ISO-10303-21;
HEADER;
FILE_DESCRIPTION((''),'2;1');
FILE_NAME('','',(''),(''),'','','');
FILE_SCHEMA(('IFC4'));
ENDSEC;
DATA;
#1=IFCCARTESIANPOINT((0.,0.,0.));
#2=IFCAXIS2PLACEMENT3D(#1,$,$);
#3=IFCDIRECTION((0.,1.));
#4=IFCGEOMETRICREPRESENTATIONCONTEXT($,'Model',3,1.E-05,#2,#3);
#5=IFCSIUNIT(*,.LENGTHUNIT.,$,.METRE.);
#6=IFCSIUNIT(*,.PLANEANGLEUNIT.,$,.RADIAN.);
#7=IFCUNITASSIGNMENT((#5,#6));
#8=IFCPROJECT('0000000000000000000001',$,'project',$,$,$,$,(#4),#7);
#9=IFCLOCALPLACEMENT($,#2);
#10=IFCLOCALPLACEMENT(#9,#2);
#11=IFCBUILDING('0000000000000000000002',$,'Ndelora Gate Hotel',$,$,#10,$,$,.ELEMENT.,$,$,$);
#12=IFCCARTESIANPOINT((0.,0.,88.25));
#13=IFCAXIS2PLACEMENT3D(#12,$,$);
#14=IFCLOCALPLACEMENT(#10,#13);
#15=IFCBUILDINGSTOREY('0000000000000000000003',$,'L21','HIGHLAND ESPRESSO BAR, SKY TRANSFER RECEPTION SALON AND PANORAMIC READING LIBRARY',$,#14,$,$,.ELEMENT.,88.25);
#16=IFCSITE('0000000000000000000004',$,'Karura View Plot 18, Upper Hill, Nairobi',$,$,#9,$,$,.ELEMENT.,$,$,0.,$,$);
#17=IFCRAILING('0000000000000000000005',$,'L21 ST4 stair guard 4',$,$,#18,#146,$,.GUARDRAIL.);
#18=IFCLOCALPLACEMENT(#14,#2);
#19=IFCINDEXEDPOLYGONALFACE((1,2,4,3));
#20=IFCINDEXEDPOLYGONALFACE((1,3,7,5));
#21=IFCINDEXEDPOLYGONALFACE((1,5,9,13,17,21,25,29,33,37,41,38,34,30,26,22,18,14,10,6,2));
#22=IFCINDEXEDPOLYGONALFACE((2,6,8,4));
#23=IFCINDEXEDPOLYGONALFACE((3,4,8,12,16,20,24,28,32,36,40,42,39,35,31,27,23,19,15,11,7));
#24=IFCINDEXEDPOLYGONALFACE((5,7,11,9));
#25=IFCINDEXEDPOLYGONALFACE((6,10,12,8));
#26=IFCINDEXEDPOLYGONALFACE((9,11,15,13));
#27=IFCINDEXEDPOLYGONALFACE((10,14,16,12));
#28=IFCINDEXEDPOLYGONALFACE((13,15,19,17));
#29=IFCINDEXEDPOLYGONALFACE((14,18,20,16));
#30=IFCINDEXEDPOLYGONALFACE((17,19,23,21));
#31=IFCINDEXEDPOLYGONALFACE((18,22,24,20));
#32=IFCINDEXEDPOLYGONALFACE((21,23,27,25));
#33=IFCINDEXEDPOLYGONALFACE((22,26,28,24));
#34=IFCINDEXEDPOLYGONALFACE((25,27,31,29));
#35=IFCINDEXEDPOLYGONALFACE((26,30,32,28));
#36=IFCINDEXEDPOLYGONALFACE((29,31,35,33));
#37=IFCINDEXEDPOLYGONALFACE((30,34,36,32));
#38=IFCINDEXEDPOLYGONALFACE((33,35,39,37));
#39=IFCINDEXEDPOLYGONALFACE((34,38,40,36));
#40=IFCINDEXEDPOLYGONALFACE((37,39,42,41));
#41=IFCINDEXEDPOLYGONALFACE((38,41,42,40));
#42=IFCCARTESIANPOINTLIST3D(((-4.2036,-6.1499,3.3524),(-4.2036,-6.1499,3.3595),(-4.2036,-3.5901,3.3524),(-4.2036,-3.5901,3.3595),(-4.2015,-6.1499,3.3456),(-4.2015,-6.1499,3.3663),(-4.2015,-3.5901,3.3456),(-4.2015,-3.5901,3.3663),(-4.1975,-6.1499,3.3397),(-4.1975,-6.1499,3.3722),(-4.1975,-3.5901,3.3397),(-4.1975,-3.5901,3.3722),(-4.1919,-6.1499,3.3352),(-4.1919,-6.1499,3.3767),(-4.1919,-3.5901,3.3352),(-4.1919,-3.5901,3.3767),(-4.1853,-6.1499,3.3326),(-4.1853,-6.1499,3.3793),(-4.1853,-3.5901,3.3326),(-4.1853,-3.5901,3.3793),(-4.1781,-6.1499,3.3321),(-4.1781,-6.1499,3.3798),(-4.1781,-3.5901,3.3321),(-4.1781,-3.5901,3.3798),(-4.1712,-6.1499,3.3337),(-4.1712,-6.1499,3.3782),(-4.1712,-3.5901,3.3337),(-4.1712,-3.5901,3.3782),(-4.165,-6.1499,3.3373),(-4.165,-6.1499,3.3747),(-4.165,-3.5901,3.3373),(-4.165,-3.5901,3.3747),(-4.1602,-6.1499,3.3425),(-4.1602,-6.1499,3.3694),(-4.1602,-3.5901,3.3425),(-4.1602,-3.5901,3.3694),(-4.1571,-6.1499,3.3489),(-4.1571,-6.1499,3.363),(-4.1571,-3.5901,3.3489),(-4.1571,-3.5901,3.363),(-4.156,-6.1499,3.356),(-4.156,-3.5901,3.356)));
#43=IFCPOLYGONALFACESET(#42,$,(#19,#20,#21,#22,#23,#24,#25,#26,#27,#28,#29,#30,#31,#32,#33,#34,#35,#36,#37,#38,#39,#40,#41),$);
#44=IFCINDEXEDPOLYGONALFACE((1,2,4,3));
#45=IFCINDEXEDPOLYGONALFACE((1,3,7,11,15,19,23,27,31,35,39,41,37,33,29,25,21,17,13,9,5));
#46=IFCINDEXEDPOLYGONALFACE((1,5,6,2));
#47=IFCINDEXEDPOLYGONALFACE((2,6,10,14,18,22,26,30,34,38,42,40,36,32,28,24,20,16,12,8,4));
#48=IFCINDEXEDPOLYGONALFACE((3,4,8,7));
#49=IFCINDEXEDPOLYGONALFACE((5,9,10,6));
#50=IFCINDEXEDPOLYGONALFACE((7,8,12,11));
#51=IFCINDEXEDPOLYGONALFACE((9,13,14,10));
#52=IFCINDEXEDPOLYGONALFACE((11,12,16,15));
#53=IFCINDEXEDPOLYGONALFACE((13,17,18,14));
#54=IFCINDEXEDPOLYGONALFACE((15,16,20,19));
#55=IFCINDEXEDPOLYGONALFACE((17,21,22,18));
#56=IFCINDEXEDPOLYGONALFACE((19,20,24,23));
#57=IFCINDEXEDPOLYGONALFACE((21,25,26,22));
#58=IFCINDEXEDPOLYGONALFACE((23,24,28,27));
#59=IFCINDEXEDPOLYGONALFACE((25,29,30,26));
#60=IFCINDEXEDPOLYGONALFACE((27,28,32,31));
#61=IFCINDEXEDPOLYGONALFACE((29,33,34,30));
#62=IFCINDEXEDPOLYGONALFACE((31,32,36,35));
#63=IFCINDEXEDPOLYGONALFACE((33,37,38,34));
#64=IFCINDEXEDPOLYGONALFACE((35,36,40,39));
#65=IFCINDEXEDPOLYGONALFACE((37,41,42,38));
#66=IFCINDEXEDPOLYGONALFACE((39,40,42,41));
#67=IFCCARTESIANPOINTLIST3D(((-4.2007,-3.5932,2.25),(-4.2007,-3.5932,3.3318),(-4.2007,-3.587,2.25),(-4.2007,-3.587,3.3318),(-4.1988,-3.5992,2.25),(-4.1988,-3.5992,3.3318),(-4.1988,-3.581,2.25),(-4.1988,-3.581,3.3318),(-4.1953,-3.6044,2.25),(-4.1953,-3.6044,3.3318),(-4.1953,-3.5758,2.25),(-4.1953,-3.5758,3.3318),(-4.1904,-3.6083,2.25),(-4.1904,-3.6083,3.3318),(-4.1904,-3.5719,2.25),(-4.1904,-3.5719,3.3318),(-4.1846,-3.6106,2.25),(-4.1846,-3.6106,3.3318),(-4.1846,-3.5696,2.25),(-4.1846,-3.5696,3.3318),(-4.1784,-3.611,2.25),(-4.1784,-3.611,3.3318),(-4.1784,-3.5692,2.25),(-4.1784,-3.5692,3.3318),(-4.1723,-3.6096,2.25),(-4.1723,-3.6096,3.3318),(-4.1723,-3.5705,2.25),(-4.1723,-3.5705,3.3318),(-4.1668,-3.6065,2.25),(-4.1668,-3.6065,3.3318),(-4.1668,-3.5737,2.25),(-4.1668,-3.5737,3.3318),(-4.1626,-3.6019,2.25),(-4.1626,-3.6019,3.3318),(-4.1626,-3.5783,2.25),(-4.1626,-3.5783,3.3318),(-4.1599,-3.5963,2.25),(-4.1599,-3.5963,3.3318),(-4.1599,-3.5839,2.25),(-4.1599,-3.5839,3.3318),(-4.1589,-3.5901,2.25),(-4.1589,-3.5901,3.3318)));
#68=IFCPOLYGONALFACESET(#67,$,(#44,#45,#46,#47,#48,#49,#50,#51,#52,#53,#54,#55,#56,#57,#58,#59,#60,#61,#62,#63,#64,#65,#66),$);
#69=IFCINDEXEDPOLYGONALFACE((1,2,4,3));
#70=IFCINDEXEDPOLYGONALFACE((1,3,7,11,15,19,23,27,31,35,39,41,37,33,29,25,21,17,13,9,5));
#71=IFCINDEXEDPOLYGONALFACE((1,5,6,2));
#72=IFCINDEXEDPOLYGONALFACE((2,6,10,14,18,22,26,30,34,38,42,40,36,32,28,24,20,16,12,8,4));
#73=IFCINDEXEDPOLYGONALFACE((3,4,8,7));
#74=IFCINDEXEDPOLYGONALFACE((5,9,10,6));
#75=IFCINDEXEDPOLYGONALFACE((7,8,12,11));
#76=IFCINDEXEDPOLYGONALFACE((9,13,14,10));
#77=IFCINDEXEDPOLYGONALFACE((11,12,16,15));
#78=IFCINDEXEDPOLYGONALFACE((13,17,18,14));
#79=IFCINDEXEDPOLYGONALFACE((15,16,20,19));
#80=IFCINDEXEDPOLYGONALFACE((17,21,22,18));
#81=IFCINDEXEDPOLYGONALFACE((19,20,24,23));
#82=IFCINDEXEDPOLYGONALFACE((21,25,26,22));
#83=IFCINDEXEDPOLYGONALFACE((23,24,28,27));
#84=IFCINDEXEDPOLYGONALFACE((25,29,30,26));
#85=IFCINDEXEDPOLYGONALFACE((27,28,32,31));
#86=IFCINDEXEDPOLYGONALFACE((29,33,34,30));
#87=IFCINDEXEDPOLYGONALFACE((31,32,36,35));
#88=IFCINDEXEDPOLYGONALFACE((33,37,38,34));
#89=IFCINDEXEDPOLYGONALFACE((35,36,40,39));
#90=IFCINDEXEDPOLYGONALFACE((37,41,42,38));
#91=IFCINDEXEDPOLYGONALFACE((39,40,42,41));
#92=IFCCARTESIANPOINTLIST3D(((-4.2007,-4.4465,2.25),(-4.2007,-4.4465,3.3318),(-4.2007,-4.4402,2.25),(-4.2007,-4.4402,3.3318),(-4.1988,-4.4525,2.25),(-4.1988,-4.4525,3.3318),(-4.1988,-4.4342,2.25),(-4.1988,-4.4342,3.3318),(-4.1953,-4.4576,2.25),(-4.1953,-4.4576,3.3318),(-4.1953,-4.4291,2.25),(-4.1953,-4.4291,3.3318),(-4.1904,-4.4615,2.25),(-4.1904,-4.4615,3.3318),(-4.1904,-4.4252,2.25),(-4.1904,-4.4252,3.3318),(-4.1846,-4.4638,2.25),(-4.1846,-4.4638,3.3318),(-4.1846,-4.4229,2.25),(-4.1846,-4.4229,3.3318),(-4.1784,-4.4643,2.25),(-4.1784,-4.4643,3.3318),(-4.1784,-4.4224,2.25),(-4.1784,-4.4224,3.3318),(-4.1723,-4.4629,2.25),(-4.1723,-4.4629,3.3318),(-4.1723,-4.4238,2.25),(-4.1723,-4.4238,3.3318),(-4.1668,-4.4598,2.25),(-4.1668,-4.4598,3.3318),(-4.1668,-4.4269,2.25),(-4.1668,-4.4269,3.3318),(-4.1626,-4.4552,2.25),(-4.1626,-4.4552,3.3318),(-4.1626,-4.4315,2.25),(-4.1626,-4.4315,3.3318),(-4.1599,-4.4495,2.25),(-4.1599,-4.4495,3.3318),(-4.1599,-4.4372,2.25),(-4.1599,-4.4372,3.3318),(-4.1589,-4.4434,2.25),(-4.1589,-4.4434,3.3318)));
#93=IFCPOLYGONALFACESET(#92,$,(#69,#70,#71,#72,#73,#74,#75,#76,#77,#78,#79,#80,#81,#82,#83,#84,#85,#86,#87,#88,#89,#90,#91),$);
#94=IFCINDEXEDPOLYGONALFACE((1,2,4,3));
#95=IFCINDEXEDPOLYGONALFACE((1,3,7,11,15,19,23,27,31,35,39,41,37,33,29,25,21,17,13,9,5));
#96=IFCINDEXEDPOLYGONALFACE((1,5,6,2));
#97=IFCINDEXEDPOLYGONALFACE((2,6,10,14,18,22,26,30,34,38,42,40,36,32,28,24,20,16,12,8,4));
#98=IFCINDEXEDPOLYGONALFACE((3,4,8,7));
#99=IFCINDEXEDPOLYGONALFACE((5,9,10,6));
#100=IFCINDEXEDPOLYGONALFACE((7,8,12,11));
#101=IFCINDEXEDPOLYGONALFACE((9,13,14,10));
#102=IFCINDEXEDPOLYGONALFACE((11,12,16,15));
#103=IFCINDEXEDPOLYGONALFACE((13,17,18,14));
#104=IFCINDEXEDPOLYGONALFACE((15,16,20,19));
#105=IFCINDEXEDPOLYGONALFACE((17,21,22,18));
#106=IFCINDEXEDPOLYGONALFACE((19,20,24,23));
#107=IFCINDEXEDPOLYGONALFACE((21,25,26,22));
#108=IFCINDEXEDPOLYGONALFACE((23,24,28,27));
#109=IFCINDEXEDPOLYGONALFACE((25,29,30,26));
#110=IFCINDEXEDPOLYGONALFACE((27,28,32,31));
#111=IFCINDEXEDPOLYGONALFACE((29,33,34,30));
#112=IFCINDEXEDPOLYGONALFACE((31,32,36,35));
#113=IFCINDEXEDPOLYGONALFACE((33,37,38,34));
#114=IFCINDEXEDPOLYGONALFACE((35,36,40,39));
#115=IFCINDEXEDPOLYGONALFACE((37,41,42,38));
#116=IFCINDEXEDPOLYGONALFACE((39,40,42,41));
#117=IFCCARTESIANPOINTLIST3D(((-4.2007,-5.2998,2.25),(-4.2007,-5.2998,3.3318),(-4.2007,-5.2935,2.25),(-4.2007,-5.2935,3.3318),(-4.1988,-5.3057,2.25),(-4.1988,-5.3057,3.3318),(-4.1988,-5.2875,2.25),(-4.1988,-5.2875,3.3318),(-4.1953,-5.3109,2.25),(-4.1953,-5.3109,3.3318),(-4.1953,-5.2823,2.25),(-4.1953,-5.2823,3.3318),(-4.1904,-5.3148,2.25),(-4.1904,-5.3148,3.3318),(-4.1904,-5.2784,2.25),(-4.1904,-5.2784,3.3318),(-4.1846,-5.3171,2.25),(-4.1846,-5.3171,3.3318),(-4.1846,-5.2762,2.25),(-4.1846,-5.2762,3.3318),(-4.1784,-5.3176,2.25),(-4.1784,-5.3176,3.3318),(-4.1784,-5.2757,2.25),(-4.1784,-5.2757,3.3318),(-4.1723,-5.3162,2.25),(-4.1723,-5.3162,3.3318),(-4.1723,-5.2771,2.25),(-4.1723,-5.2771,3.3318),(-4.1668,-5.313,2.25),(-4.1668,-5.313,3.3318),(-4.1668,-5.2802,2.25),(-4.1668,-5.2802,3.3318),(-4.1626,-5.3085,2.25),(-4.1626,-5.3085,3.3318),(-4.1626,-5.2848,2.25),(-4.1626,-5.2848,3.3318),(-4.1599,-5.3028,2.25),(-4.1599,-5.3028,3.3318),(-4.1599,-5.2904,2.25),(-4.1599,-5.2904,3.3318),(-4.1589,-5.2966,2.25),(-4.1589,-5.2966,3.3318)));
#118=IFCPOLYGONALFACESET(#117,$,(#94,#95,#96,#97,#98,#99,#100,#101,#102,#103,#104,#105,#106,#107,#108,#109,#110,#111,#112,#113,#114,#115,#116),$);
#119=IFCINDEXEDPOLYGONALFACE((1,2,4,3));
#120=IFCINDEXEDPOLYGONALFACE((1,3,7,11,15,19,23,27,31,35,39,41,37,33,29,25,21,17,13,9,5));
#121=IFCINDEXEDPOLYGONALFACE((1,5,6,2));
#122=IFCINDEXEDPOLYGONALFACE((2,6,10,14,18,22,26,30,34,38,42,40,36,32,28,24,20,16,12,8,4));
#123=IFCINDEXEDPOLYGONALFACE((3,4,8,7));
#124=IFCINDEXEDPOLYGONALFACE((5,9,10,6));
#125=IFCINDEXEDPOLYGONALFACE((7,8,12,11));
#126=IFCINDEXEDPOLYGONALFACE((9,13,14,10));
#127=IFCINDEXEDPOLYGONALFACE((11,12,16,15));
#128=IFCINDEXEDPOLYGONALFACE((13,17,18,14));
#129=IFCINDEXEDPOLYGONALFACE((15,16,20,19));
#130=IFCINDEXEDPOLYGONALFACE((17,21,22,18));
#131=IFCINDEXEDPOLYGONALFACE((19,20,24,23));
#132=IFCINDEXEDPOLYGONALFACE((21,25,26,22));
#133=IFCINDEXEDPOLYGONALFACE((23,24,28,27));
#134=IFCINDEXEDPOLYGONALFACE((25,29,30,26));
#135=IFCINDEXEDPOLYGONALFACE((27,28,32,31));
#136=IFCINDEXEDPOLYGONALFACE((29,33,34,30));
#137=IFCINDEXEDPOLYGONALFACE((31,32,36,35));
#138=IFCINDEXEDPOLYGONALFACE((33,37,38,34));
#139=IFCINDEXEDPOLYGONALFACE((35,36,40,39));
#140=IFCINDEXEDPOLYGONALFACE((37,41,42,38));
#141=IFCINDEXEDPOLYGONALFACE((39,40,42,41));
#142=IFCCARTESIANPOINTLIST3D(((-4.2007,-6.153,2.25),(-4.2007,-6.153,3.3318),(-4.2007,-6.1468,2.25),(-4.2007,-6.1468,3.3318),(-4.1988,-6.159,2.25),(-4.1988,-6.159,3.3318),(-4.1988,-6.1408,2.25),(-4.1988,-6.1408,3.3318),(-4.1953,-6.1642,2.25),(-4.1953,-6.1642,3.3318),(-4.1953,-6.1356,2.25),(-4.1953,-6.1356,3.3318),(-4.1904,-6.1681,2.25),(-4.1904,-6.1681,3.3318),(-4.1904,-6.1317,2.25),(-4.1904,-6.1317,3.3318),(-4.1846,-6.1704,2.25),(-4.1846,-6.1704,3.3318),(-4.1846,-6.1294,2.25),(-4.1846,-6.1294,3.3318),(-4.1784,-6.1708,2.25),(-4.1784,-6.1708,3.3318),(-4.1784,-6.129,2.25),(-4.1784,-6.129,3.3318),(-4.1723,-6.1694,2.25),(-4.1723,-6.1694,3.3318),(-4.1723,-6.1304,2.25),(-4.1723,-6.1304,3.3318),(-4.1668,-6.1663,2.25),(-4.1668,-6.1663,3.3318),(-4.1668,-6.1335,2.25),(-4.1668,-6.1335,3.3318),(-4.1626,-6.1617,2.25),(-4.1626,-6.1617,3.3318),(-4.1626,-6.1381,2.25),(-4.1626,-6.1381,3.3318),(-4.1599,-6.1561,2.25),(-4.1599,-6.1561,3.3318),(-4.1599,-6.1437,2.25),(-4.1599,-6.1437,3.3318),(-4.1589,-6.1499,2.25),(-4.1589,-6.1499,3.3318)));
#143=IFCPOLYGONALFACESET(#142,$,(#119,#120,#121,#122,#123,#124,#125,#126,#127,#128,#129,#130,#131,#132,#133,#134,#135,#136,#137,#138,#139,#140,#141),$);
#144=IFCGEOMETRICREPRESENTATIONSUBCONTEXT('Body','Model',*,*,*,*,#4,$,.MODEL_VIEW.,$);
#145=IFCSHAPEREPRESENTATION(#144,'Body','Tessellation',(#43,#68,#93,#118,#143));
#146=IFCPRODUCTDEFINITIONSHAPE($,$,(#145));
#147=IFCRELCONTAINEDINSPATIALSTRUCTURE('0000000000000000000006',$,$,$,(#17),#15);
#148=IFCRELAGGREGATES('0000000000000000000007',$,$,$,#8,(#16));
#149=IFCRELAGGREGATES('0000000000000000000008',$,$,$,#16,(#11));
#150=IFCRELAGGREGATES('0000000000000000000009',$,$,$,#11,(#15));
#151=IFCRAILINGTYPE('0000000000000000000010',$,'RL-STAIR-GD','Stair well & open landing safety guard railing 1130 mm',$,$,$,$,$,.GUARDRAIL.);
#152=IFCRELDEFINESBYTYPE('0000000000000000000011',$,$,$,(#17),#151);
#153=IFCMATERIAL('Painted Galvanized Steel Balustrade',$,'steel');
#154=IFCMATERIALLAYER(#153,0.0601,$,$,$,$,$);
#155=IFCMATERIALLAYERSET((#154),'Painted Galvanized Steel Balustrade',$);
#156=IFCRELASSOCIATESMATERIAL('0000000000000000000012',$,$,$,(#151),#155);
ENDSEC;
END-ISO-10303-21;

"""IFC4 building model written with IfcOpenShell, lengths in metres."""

from ifc_helpers import new_model, si_unit, direction, frame, origin, origin_2d, place, context, subcontext, project, spatial, circle, extrude, material, layer, layer_set, type_object, element, save


model = new_model("IFC4")

# Units and contexts
model_context = context("Model", 3, precision=1e-05, world=origin(), true_north=direction((0.0, 1.0)))
body_context = subcontext(model_context, "Body", "Model", "MODEL_VIEW")
ifc_project = project(units=[si_unit("LENGTHUNIT", "METRE"), si_unit("PLANEANGLEUNIT", "RADIAN")], contexts=[model_context])

# Site, building, storey
site_placement = place(None, origin())
site = spatial("IfcSite", under=ifc_project, at=site_placement, Name="Karura View Plot 18, Upper Hill, Nairobi", CompositionType="ELEMENT", RefElevation=0.0)
building_placement = place(site_placement, origin())
building = spatial("IfcBuilding", under=site, at=building_placement, Name="Ndelora Gate Hotel", CompositionType="ELEMENT")
storey_placement = place(building_placement, frame((0.0, 0.0, 88.25)))
storey = spatial("IfcBuildingStorey", under=building, at=storey_placement, Name="L21", Description="HIGHLAND ESPRESSO BAR, SKY TRANSFER RECEPTION SALON AND PANORAMIC READING LIBRARY", CompositionType="ELEMENT", Elevation=88.25)

# Railing
ifc_material_1 = material(Name="Painted Galvanized Steel Balustrade", Category="steel")
ifc_layer_1 = layer(ifc_material_1, 0.0601)
ifc_layer_set_1 = layer_set([ifc_layer_1], Name="Painted Galvanized Steel Balustrade")
railing_type_1 = type_object("IfcRailingType", Name="RL-STAIR-GD", Description="Stair well & open landing safety guard railing 1130 mm", PredefinedType="GUARDRAIL", material=ifc_layer_set_1)
railing_1_placement = place(storey_placement, frame((-4.1799, -3.5901, 2.25)))
element("IfcRailing", 1, at=railing_1_placement, inside=storey, type_object=railing_type_1, Name="L21 ST4 stair guard 4", PredefinedType="GUARDRAIL", context=body_context, shape_type="SweptSolid", body=[
    extrude(circle(Radius=0.0239, at=origin_2d()), frame((0.0, 0.0, 1.106), z_axis=(0.0, -1.0, 0.0), x_axis=(1.0, 0.0, 0.0)), (0.0, 0.0, 1.0), 2.5598),
    extrude(circle(Radius=0.021, at=origin_2d()), origin(), (0.0, 0.0, 1.0), 1.0818),
    extrude(circle(Radius=0.021, at=origin_2d()), frame((0.0, -0.8533, 0.0)), (0.0, 0.0, 1.0), 1.0818),
    extrude(circle(Radius=0.021, at=origin_2d()), frame((0.0, -1.7065, 0.0)), (0.0, 0.0, 1.0), 1.0818),
    extrude(circle(Radius=0.021, at=origin_2d()), frame((0.0, -2.5598, 0.0)), (0.0, 0.0, 1.0), 1.0818),
])

save(model, "model.ifc")
